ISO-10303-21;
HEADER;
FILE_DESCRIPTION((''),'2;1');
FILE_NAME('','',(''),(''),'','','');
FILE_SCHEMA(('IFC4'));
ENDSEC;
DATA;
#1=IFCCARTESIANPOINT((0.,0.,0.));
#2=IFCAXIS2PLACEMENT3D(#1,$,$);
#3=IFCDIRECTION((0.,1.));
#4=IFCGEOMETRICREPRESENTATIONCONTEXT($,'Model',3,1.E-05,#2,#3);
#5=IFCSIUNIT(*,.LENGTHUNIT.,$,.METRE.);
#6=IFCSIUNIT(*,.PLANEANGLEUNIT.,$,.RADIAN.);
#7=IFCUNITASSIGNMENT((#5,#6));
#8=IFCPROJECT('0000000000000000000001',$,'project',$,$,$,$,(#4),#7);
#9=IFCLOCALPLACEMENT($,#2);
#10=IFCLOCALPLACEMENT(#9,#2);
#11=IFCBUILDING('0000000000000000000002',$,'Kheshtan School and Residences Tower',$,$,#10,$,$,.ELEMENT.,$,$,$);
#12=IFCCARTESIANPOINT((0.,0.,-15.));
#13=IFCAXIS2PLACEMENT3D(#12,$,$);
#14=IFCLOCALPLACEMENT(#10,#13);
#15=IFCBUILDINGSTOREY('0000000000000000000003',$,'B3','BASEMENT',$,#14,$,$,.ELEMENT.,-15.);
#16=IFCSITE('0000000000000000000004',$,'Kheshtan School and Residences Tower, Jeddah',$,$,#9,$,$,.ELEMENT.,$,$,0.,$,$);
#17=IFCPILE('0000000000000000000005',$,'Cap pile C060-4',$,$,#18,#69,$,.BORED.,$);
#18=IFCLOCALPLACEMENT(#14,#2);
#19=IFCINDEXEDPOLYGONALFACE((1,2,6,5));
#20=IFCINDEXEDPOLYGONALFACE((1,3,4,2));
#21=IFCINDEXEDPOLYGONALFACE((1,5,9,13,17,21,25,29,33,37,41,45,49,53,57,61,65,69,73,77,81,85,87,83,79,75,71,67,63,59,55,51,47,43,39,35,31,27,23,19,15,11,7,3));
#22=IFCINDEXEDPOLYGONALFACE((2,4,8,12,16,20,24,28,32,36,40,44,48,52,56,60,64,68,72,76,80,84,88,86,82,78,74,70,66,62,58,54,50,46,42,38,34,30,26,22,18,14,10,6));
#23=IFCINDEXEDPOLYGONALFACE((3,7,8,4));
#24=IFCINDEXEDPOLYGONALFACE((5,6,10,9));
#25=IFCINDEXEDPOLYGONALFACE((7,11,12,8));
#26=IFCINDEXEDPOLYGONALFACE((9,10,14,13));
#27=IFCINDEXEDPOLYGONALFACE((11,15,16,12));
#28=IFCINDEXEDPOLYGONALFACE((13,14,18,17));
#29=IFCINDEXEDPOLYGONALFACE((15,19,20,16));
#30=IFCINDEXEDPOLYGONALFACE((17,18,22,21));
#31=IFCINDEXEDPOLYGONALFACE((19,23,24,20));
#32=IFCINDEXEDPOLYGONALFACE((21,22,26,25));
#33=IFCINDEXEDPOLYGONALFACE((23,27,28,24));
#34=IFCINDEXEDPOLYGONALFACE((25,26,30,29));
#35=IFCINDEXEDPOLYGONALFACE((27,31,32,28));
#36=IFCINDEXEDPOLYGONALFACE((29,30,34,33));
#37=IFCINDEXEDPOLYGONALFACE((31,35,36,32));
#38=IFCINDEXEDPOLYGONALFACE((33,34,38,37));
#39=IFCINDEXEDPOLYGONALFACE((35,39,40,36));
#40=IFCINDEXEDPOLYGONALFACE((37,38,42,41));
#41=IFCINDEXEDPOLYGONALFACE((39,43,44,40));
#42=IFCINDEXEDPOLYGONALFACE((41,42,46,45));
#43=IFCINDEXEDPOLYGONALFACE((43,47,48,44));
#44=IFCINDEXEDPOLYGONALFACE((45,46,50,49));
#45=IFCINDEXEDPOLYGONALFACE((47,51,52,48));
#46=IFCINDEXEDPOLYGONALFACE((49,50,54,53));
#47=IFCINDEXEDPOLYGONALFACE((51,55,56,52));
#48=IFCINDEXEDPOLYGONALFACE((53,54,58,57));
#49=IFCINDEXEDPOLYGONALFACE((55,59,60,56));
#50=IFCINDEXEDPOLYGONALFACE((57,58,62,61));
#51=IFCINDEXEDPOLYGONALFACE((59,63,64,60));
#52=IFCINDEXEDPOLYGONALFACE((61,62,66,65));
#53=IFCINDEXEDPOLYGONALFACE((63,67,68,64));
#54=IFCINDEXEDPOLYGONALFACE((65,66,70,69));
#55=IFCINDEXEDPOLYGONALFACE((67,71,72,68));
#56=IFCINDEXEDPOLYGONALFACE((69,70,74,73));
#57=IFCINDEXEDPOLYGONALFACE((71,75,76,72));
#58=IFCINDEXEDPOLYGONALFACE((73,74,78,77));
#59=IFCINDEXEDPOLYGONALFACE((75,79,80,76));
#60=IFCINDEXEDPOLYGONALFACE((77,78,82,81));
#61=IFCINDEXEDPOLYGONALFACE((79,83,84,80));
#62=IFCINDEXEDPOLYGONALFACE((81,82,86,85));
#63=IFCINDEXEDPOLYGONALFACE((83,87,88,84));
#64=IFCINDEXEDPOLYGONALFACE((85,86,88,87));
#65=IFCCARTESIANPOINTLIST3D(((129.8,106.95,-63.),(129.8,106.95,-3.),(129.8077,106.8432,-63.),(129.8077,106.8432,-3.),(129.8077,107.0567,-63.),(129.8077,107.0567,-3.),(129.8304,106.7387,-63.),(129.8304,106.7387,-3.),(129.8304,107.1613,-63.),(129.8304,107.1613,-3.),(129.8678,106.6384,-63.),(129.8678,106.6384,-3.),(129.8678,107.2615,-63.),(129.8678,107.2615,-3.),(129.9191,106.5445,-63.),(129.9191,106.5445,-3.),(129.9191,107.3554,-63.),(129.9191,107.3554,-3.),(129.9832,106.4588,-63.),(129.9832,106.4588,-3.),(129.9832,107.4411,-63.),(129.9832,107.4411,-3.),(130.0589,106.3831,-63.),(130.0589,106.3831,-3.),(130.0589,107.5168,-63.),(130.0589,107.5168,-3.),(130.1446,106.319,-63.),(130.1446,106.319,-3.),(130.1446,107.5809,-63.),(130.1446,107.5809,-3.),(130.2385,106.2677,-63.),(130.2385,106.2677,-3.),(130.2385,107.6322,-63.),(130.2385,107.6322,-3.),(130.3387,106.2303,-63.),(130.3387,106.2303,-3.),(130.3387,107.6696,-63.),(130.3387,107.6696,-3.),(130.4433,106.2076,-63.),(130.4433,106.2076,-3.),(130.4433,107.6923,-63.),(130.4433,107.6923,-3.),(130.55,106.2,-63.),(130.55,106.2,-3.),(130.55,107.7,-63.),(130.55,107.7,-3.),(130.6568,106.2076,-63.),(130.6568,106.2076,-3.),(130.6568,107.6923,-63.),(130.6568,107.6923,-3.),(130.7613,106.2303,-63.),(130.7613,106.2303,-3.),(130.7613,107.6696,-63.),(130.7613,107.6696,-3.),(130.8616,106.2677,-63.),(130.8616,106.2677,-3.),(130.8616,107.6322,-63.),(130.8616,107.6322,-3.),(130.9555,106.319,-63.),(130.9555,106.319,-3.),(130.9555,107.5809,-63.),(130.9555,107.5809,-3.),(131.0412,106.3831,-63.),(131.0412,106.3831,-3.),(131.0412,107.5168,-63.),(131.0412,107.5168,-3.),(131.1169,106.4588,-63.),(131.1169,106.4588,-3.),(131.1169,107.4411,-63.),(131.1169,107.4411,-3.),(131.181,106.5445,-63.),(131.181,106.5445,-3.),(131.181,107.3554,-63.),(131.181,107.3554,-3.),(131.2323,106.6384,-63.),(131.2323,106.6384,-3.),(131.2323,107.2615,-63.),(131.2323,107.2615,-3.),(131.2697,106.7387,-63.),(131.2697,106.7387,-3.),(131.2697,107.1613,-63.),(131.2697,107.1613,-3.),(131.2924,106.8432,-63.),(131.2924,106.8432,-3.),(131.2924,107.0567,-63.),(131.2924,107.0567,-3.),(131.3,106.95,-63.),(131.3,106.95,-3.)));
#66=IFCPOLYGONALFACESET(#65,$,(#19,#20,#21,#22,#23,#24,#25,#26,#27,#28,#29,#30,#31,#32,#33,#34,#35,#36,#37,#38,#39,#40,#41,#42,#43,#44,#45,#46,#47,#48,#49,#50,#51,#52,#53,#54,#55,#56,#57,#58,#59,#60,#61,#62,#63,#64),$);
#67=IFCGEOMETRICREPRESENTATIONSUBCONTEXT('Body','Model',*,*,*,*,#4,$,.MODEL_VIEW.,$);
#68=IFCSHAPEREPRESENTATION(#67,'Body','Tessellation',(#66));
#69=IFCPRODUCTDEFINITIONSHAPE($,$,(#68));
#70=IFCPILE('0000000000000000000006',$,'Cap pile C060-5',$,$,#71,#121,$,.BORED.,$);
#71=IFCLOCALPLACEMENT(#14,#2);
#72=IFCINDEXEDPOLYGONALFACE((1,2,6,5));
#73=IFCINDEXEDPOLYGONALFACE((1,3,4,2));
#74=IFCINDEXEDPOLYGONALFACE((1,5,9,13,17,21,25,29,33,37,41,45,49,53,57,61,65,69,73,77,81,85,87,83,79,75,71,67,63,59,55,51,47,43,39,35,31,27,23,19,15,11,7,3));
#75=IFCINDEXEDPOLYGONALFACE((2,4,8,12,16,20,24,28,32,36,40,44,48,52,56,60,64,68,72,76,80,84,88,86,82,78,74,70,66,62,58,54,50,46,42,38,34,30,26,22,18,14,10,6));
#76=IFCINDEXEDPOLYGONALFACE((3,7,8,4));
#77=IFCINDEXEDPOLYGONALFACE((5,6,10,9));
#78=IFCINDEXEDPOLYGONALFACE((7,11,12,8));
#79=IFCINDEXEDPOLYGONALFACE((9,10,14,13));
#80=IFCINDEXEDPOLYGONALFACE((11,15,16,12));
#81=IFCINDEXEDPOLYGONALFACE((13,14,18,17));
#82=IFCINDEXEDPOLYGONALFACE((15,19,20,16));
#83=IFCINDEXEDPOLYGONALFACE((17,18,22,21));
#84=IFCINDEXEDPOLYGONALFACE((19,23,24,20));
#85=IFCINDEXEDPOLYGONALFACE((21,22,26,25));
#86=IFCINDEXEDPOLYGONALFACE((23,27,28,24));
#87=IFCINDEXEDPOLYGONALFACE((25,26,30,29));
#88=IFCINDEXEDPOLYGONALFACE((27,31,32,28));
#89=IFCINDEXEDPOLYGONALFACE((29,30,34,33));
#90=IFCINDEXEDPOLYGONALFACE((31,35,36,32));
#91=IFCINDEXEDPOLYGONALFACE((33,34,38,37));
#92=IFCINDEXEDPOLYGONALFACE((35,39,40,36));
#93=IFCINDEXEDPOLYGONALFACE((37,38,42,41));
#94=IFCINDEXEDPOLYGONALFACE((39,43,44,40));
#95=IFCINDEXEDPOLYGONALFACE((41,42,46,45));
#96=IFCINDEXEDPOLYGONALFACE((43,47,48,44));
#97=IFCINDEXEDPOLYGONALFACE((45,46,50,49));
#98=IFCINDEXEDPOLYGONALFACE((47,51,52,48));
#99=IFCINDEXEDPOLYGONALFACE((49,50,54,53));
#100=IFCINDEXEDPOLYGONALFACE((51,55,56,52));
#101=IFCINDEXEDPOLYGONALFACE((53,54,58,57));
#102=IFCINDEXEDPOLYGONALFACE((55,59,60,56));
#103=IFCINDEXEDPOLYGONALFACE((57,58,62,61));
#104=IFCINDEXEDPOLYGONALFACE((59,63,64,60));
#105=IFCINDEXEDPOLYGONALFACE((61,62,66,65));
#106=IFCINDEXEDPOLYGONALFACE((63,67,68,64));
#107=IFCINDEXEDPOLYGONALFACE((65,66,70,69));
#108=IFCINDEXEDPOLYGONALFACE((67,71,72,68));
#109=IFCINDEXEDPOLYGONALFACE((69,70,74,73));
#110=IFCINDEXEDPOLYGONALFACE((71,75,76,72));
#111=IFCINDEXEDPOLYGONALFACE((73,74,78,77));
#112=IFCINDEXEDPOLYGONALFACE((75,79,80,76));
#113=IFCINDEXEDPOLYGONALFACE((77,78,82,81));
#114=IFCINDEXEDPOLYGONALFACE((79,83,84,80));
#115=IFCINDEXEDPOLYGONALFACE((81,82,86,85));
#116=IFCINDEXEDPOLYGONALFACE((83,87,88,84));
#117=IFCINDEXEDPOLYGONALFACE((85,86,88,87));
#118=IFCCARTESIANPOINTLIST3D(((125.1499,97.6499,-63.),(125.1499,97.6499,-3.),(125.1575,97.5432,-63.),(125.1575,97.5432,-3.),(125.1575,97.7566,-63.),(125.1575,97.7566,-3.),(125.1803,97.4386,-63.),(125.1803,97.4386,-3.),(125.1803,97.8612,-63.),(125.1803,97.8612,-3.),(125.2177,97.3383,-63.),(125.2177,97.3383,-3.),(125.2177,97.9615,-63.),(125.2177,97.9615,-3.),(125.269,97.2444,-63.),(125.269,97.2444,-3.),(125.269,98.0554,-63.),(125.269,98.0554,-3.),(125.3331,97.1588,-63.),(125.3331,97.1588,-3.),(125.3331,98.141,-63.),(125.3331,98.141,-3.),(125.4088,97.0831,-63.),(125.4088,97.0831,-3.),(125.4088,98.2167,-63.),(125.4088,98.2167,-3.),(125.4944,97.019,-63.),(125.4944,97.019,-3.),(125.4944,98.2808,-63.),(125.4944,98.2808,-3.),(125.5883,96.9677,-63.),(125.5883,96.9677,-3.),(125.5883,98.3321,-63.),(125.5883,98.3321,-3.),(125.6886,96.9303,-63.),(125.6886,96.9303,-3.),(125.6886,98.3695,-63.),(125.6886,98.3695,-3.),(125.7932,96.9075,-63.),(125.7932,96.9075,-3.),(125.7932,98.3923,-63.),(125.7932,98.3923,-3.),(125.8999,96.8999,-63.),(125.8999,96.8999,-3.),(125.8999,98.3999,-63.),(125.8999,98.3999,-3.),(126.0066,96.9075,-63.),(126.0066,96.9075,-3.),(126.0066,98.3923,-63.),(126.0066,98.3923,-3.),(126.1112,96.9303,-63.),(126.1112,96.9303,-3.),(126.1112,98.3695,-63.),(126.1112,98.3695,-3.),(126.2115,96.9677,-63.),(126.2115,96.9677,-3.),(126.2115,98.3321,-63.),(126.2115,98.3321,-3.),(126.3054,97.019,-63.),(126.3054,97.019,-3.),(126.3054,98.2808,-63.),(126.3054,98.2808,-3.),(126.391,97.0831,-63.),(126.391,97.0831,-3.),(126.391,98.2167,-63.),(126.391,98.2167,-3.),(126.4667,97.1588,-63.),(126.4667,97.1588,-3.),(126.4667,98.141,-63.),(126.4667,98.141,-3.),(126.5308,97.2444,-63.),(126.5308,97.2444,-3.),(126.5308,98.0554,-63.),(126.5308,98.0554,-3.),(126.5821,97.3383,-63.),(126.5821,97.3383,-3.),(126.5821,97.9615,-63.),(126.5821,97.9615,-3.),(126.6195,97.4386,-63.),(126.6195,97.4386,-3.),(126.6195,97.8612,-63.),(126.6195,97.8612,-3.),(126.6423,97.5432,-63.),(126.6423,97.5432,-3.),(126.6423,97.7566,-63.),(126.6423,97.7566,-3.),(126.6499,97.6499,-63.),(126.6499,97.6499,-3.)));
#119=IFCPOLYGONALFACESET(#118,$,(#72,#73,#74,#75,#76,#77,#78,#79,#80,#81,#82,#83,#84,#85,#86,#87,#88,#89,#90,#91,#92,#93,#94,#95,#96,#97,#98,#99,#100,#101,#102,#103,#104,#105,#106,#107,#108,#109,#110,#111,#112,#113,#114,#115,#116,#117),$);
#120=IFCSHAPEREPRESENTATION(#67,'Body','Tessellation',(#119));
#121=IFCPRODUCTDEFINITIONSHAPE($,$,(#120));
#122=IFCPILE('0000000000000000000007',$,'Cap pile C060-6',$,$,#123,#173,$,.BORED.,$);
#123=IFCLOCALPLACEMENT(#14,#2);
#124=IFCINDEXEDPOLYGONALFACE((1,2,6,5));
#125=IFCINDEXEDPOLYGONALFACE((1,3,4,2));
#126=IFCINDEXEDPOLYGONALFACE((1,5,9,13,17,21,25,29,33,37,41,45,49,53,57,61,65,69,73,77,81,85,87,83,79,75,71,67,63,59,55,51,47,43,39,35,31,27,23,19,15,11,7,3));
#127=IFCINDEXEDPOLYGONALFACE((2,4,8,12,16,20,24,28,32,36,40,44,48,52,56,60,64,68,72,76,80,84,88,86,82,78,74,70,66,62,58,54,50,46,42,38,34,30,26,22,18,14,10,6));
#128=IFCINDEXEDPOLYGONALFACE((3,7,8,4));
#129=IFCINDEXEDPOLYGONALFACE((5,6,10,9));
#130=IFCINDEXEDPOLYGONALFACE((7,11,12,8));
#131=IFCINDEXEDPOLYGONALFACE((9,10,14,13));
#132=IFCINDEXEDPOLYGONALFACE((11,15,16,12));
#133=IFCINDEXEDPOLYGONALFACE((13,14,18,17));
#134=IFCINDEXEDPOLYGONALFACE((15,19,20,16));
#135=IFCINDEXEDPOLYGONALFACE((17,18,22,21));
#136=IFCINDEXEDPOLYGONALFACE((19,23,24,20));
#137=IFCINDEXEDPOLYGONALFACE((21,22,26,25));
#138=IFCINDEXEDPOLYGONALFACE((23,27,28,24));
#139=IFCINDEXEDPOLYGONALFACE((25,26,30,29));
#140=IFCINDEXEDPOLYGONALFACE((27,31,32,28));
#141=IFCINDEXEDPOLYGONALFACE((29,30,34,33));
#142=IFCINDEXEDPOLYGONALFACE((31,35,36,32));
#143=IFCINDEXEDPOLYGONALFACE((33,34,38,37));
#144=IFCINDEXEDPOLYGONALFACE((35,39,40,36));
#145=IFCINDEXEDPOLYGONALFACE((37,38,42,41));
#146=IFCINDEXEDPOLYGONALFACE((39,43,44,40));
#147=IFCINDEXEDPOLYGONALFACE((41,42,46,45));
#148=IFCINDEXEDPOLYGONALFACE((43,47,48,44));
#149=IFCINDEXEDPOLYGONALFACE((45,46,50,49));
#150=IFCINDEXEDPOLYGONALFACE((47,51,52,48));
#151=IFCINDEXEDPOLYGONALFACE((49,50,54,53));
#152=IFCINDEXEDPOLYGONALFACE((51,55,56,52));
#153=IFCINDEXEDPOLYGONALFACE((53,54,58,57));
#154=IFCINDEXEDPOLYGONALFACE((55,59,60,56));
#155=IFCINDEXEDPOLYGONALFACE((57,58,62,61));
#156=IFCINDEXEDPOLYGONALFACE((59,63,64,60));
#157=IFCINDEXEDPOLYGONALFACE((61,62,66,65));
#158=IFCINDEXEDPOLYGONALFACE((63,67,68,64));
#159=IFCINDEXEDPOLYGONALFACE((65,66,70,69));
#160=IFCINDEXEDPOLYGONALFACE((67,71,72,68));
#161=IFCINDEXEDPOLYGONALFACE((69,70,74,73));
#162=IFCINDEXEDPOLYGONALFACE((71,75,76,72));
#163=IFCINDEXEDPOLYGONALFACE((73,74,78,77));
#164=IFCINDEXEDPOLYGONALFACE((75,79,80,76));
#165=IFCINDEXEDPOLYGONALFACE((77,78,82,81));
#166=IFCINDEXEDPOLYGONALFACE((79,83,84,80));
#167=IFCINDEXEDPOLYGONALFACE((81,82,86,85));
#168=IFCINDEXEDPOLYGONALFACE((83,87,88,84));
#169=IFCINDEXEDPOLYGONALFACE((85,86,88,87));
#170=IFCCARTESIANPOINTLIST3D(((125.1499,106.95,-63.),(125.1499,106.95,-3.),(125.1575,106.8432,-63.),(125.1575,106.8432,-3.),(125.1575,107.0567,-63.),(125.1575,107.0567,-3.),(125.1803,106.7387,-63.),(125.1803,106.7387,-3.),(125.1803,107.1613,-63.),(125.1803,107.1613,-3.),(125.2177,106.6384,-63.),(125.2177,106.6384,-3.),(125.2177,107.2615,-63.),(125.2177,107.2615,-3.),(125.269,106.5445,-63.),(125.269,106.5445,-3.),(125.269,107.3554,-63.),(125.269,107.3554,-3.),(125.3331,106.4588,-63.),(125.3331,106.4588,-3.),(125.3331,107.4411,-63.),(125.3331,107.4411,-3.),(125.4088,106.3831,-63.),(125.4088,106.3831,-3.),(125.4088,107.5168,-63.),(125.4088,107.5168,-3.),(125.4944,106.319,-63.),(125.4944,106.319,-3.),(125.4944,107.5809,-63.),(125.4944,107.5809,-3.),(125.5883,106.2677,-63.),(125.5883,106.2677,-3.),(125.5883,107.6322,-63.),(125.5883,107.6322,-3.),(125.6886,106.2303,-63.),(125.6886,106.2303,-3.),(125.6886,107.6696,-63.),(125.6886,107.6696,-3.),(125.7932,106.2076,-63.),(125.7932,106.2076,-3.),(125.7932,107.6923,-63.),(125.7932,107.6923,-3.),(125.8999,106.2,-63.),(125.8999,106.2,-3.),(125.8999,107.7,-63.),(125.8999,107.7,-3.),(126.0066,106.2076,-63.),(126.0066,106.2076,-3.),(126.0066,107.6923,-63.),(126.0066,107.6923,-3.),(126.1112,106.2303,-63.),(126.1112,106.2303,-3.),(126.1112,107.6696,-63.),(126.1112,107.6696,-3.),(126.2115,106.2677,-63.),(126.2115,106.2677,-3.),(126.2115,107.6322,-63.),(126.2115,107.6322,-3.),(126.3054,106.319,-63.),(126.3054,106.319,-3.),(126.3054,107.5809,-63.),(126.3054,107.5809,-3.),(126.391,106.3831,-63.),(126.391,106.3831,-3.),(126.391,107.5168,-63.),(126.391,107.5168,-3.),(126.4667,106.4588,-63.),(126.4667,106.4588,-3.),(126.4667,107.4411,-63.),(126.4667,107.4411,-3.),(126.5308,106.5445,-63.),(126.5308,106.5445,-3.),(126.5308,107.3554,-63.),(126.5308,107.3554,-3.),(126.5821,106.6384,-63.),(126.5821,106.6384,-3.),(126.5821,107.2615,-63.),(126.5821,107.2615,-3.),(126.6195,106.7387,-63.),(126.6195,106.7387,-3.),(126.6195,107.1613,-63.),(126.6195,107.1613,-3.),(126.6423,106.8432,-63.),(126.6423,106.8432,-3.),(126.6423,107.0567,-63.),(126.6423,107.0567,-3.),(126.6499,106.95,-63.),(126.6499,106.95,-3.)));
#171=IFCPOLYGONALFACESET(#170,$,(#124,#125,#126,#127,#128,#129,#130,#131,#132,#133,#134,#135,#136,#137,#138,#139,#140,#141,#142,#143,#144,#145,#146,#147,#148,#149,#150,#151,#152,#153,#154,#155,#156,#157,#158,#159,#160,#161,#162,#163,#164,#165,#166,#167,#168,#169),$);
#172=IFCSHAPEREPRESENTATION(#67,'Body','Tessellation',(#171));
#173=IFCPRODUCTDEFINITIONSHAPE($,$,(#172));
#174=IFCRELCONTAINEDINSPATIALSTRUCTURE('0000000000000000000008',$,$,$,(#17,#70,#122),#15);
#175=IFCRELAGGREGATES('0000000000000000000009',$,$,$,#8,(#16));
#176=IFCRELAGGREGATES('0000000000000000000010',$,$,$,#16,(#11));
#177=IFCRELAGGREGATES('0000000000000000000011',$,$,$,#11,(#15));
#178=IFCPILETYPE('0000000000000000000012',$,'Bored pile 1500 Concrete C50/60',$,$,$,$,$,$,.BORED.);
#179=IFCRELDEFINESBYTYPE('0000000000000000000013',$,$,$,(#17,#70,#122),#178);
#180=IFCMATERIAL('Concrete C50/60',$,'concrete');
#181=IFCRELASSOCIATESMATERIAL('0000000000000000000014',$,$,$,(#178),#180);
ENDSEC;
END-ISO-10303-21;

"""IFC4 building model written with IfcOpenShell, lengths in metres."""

from ifc_helpers import new_model, si_unit, direction, frame, origin, origin_2d, place, context, subcontext, project, spatial, circle, extrude, material, material_profile, profile_set, type_object, element, save


model = new_model("IFC4")

# Units and contexts
model_context = context("Model", 3, precision=1e-05, world=origin(), true_north=direction((0.0, 1.0)))
body_context = subcontext(model_context, "Body", "Model", "MODEL_VIEW")
ifc_project = project(units=[si_unit("LENGTHUNIT", "METRE"), si_unit("PLANEANGLEUNIT", "RADIAN")], contexts=[model_context])

# Site, building, storey
site_placement = place(None, origin())
site = spatial("IfcSite", under=ifc_project, at=site_placement, Name="Kheshtan School and Residences Tower, Jeddah", CompositionType="ELEMENT", RefElevation=0.0)
building_placement = place(site_placement, origin())
building = spatial("IfcBuilding", under=site, at=building_placement, Name="Kheshtan School and Residences Tower", CompositionType="ELEMENT")
storey_placement = place(building_placement, frame((0.0, 0.0, -15.0)))
storey = spatial("IfcBuildingStorey", under=building, at=storey_placement, Name="B3", Description="BASEMENT", CompositionType="ELEMENT", Elevation=-15.0)

# Piles
ifc_material_1 = material(Name="Concrete C50/60", Category="concrete")
ifc_material_profile_1 = material_profile(ifc_material_1, circle(Radius=0.75, at=origin_2d()), Name="BP 1500")
ifc_profile_set_1 = profile_set([ifc_material_profile_1], Name="Concrete C50/60")
pile_type_1 = type_object("IfcPileType", Name="Bored pile 1500 Concrete C50/60", PredefinedType="BORED", material=ifc_profile_set_1)
for number, where, z_axis, x_axis, name in (
    (1, (130.55, 106.95, -3.0), (0.0, 0.0, -1.0), (1.0, 0.0, 0.0), "Cap pile C060-4"),
    (2, (125.8999, 97.6499, -3.0), (0.0, 0.0, -1.0), (1.0, 0.0, 0.0), "Cap pile C060-5"),
    (3, (125.8999, 106.95, -3.0), (0.0, 0.0, -1.0), (1.0, 0.0, 0.0), "Cap pile C060-6"),
):
    element("IfcPile", number, at=place(storey_placement, frame(where, z_axis=z_axis, x_axis=x_axis)), inside=storey, type_object=pile_type_1, Name=name, PredefinedType="BORED", context=body_context, shape_type="SweptSolid", body=[
        extrude(circle(Radius=0.75, at=origin_2d()), origin(), (0.0, 0.0, 1.0), 60.0),
    ])

save(model, "model.ifc")
